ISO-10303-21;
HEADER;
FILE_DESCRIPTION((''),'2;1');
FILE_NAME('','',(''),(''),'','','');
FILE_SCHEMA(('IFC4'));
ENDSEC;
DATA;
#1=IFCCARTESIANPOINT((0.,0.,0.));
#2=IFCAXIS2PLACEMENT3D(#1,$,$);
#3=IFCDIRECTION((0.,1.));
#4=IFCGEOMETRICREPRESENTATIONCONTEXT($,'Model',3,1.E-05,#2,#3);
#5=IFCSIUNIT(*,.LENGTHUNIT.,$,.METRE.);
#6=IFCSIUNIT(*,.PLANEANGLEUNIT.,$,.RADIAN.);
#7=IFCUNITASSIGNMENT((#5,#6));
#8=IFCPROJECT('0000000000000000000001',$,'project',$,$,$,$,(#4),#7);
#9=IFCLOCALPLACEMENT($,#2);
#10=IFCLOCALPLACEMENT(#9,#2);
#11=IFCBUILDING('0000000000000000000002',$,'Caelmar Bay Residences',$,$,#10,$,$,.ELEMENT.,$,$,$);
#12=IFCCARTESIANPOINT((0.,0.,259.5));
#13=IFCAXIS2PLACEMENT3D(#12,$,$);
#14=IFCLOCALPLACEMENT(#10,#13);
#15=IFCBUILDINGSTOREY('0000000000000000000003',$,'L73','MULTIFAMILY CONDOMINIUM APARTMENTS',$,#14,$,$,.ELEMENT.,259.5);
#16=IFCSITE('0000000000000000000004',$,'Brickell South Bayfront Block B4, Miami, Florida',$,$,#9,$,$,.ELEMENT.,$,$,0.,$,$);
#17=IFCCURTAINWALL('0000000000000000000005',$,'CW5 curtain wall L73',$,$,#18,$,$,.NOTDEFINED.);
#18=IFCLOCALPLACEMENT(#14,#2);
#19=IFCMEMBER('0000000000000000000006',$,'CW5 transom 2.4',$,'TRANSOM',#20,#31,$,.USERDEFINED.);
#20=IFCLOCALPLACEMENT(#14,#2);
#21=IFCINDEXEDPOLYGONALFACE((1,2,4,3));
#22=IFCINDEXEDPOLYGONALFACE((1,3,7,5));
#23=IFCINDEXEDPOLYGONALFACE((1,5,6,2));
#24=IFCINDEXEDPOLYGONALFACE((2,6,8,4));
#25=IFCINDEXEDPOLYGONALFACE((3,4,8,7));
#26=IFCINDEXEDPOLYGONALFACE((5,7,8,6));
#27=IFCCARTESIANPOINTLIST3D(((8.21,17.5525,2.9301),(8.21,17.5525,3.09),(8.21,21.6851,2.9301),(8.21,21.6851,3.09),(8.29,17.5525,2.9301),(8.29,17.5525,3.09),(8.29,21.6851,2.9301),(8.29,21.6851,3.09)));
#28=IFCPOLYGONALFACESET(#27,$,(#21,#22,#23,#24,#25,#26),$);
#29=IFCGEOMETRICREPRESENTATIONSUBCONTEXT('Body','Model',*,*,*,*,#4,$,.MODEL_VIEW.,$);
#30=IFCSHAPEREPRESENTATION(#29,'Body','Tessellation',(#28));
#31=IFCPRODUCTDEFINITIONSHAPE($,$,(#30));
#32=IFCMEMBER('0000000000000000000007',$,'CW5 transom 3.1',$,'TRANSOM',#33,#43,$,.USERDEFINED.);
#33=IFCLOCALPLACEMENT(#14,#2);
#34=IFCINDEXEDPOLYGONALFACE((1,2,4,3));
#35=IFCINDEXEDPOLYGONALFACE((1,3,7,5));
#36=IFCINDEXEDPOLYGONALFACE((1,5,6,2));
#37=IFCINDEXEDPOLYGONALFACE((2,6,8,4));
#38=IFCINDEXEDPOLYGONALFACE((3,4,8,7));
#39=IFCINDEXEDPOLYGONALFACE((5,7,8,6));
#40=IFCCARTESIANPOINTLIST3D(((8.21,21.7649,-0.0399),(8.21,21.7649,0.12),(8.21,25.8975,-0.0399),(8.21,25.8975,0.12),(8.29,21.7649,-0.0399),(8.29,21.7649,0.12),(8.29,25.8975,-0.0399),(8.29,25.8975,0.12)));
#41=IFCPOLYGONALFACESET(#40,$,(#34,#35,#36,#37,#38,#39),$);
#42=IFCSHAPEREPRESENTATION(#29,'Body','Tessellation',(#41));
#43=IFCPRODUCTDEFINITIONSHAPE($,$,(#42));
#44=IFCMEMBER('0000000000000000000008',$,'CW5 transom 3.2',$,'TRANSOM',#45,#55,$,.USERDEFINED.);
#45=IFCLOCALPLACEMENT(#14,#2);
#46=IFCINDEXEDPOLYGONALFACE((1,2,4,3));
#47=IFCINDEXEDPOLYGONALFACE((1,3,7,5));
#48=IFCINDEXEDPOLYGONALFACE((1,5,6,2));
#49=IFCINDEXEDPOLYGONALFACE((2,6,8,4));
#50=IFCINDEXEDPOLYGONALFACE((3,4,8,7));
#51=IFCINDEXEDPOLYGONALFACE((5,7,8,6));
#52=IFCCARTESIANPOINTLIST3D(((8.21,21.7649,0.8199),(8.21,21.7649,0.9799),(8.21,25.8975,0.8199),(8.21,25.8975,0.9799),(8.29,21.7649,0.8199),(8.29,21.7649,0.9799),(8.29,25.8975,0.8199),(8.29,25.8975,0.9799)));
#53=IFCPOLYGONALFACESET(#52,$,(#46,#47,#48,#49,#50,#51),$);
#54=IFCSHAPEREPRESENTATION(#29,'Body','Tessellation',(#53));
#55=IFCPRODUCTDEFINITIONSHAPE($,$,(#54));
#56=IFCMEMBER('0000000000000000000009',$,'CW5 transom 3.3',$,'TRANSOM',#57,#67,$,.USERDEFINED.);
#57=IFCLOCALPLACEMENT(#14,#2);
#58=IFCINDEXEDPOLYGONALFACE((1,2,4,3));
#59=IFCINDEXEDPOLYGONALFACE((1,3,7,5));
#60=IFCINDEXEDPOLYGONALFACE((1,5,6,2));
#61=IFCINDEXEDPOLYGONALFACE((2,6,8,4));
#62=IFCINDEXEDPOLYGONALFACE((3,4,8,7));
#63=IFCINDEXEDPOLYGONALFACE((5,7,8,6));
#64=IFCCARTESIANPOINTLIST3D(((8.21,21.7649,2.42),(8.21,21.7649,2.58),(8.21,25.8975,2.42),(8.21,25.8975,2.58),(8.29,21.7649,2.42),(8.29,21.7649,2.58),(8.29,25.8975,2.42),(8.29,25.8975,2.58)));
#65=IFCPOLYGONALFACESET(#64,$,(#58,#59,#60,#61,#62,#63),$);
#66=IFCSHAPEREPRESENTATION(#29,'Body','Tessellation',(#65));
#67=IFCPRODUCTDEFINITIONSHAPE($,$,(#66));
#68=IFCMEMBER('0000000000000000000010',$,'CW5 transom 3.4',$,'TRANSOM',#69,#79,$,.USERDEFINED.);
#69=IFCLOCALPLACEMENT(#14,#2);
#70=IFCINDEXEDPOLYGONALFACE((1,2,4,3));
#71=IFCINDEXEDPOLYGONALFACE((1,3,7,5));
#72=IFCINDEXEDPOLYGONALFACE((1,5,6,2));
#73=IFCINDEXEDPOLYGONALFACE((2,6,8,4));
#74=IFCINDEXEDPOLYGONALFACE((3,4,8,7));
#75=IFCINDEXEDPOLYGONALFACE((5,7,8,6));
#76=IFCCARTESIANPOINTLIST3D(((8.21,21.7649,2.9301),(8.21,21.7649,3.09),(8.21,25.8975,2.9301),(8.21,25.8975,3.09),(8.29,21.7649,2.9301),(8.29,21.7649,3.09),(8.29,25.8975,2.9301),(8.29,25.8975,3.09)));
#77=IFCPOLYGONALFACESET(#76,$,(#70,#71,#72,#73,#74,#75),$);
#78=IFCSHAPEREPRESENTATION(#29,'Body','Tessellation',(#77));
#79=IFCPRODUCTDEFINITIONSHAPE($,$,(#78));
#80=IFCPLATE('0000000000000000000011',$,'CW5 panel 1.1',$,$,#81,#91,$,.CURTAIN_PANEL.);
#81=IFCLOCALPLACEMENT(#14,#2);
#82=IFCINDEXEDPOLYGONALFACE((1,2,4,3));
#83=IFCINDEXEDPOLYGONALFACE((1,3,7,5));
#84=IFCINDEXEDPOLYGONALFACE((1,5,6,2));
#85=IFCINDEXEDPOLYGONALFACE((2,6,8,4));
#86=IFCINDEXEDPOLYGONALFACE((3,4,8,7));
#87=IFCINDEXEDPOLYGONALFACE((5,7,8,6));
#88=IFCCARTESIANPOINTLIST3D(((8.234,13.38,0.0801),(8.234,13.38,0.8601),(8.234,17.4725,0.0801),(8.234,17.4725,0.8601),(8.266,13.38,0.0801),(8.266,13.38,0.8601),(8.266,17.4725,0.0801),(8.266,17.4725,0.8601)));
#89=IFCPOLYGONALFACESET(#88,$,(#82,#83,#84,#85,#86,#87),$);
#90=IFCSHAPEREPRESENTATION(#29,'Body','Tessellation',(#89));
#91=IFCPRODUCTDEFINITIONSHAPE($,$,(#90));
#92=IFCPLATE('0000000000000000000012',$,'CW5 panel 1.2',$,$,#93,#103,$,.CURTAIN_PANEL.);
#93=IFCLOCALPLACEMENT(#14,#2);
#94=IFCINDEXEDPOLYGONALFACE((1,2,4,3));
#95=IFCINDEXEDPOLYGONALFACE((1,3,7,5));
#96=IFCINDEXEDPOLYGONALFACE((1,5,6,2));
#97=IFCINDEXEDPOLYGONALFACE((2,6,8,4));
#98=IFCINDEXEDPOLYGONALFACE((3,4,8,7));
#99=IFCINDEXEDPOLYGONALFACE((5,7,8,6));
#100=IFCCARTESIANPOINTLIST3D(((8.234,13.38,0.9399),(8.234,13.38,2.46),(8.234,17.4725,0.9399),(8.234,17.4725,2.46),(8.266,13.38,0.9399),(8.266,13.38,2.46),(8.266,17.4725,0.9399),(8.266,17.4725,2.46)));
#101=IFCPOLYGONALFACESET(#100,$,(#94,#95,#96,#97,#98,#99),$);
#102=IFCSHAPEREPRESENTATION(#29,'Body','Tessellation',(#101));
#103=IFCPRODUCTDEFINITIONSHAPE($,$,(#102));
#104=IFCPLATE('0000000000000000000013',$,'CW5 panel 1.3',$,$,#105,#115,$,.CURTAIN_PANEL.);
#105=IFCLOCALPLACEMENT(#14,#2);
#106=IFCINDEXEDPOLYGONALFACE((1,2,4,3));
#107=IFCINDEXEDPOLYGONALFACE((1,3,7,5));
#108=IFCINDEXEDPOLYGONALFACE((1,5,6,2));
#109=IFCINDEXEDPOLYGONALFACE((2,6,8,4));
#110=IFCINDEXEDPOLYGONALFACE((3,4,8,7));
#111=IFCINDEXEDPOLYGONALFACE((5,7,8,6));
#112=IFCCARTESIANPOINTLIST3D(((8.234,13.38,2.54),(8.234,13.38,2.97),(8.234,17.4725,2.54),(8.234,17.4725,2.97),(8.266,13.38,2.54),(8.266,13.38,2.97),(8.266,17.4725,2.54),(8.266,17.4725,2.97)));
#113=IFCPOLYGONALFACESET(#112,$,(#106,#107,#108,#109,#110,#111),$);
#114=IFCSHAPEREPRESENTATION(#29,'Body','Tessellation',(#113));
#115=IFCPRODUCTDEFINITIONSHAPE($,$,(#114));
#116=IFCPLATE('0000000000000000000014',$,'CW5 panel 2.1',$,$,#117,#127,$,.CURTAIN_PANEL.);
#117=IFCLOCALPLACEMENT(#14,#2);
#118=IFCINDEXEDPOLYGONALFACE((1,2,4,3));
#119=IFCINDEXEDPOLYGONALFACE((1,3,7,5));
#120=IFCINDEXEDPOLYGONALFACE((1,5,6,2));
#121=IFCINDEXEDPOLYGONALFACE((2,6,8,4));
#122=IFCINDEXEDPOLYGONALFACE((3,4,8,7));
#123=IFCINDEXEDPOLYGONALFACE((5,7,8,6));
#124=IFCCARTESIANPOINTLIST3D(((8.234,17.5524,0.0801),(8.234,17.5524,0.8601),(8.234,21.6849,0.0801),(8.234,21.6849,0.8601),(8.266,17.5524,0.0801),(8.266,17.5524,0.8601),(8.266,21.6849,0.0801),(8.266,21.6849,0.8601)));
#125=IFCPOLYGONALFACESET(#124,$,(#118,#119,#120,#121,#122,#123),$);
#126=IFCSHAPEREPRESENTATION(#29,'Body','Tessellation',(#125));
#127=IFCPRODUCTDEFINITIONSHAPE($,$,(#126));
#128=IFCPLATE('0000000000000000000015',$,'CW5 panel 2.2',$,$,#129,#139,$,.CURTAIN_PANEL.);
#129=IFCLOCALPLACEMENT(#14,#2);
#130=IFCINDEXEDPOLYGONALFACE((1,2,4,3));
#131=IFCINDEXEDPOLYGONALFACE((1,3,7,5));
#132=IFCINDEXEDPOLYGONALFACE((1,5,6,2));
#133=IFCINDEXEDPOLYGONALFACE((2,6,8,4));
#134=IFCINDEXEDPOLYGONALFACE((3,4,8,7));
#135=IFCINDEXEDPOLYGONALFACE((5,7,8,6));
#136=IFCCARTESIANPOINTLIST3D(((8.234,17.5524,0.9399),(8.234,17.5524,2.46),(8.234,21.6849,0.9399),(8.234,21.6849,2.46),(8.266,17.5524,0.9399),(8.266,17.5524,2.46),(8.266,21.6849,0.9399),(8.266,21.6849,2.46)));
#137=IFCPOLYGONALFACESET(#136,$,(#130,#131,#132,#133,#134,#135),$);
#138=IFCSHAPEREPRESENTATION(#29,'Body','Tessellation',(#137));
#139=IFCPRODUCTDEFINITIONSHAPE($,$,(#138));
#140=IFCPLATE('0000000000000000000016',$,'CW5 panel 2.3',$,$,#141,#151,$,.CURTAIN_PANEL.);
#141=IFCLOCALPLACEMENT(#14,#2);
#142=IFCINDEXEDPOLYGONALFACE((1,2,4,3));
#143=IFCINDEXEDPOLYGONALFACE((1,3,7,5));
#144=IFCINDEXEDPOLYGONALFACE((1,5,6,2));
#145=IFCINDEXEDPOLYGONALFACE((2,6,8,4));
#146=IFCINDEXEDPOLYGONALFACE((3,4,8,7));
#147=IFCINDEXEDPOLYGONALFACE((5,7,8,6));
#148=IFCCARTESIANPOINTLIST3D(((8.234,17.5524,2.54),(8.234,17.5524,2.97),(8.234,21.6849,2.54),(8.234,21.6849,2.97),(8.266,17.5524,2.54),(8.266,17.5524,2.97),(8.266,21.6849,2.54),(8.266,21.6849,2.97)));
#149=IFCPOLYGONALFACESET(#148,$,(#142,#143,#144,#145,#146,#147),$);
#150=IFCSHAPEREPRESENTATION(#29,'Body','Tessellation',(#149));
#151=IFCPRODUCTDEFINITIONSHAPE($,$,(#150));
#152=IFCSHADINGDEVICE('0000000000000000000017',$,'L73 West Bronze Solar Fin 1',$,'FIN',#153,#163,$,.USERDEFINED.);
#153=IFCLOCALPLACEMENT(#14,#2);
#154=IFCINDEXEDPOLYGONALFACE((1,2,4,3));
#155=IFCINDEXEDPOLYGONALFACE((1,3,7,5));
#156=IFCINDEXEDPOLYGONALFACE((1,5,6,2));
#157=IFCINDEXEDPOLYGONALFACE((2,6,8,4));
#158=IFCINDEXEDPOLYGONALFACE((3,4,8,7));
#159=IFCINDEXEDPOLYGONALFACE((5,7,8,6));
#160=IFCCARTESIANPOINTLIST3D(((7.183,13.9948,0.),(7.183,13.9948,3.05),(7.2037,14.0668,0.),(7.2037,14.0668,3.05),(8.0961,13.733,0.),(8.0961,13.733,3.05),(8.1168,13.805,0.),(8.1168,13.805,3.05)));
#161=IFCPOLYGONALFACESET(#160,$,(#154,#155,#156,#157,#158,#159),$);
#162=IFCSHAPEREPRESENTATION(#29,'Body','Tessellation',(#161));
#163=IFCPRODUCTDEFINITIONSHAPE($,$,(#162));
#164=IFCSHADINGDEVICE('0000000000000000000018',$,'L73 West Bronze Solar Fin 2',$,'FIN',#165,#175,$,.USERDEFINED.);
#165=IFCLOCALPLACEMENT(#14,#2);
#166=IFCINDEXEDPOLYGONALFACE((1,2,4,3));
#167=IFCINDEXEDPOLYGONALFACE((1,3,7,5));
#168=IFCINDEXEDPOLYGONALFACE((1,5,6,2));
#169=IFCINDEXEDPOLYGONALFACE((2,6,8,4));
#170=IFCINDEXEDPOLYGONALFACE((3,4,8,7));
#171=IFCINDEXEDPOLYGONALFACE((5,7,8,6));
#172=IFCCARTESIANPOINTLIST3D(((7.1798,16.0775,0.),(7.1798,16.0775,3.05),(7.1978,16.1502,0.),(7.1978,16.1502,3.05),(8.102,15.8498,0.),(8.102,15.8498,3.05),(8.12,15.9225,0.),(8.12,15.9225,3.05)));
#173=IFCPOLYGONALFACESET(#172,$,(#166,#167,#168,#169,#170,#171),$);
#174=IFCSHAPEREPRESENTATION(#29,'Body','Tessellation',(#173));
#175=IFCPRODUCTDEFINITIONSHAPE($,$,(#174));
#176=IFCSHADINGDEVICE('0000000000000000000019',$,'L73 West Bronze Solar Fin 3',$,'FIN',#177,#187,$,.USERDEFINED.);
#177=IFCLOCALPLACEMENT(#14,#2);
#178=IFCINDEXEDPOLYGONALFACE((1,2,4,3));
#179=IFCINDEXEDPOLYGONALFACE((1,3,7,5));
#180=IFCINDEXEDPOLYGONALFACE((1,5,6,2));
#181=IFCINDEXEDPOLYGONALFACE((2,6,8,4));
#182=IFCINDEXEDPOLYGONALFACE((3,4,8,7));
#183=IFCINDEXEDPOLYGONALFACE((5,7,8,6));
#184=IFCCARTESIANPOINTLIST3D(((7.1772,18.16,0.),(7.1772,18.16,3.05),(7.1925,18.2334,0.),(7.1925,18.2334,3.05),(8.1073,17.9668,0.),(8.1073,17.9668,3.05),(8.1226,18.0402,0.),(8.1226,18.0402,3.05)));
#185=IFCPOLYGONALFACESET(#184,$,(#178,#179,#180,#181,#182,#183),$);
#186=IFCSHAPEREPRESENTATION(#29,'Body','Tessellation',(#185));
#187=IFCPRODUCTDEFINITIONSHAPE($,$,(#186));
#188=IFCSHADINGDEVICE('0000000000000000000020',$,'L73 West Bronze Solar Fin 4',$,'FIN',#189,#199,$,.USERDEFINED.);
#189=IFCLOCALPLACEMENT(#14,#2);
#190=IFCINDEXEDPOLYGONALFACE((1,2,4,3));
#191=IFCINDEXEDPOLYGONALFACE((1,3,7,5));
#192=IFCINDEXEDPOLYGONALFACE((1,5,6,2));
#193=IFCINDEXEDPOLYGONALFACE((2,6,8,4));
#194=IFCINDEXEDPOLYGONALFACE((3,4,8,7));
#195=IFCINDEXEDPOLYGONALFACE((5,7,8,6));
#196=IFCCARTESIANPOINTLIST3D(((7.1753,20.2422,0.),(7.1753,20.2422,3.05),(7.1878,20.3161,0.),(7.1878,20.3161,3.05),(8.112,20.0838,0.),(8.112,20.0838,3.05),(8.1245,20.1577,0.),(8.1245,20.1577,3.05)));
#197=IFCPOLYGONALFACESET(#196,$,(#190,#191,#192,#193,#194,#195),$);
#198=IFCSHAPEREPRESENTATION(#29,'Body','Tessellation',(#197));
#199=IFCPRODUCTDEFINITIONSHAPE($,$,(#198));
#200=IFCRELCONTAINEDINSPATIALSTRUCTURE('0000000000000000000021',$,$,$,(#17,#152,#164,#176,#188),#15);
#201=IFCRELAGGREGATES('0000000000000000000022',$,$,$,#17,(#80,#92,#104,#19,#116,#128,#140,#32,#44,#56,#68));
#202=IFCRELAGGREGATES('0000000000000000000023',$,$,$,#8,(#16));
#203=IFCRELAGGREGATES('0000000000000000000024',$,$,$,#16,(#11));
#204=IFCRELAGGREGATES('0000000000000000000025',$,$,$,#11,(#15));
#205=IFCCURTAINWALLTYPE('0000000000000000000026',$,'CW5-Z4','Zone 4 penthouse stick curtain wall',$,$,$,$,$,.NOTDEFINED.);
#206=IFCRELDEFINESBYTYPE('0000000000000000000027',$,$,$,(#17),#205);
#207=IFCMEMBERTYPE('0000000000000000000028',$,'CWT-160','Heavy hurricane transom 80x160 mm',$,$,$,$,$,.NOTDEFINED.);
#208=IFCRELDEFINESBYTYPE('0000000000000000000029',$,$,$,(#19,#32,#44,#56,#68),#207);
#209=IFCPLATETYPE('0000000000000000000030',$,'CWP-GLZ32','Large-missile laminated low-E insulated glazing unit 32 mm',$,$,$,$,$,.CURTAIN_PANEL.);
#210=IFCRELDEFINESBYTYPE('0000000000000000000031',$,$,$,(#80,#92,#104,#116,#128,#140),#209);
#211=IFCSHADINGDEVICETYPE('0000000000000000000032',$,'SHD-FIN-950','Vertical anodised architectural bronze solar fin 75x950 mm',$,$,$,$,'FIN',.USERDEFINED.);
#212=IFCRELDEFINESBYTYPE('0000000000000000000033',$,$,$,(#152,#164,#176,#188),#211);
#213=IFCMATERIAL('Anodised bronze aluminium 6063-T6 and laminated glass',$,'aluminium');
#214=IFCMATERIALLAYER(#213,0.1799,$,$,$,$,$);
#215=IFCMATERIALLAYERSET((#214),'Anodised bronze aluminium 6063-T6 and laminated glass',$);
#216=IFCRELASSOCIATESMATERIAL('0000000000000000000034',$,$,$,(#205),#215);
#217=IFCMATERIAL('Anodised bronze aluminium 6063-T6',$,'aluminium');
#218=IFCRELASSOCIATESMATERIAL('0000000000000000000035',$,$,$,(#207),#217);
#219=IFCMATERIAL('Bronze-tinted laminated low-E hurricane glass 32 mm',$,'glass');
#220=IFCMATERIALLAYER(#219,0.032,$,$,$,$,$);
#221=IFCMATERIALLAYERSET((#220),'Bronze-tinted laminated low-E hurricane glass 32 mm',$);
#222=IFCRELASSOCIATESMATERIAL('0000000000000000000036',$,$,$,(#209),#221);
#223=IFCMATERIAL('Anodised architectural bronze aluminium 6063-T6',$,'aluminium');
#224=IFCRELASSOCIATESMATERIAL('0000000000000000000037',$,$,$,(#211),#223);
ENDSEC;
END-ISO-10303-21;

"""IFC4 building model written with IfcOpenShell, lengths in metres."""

from ifc_helpers import new_model, si_unit, direction, frame, origin, origin_2d, place, context, subcontext, project, spatial, rectangle, extrude, material, layer, layer_set, material_profile, profile_set, type_object, element, aggregate, save


model = new_model("IFC4")

# Units and contexts
model_context = context("Model", 3, precision=1e-05, world=origin(), true_north=direction((0.0, 1.0)))
body_context = subcontext(model_context, "Body", "Model", "MODEL_VIEW")
ifc_project = project(units=[si_unit("LENGTHUNIT", "METRE"), si_unit("PLANEANGLEUNIT", "RADIAN")], contexts=[model_context])

# Site, building, storey
site_placement = place(None, origin())
site = spatial("IfcSite", under=ifc_project, at=site_placement, Name="Brickell South Bayfront Block B4, Miami, Florida", CompositionType="ELEMENT", RefElevation=0.0)
building_placement = place(site_placement, origin())
building = spatial("IfcBuilding", under=site, at=building_placement, Name="Caelmar Bay Residences", CompositionType="ELEMENT")
storey_placement = place(building_placement, frame((0.0, 0.0, 259.5)))
storey = spatial("IfcBuildingStorey", under=building, at=storey_placement, Name="L73", Description="MULTIFAMILY CONDOMINIUM APARTMENTS", CompositionType="ELEMENT", Elevation=259.5)

# Curtain wall, members, plates
ifc_material_1 = material(Name="Anodised bronze aluminium 6063-T6 and laminated glass", Category="aluminium")
ifc_layer_1 = layer(ifc_material_1, 0.1799)
ifc_layer_set_1 = layer_set([ifc_layer_1], Name="Anodised bronze aluminium 6063-T6 and laminated glass")
curtain_wall_type = type_object("IfcCurtainWallType", Name="CW5-Z4", Description="Zone 4 penthouse stick curtain wall", PredefinedType="NOTDEFINED", material=ifc_layer_set_1)
curtain_wall_placement = place(storey_placement, origin())
curtain_wall = element("IfcCurtainWall", 1, at=curtain_wall_placement, inside=storey, type_object=curtain_wall_type, Name="CW5 curtain wall L73", PredefinedType="NOTDEFINED")
ifc_material_2 = material(Name="Anodised bronze aluminium 6063-T6", Category="aluminium")
ifc_material_profile_1 = material_profile(ifc_material_2, rectangle(XDim=0.0801, YDim=0.1599, at=origin_2d()), Name="CWT-80X160")
ifc_profile_set_1 = profile_set([ifc_material_profile_1], Name="Anodised bronze aluminium 6063-T6")
member_type_1 = type_object("IfcMemberType", Name="CWT-160", Description="Heavy hurricane transom 80x160 mm", PredefinedType="NOTDEFINED", material=ifc_profile_set_1)
member_1_placement = place(storey_placement, frame((8.25, 17.5525, 3.01), z_axis=(0.0, 1.0, 0.0), x_axis=(-1.0, 0.0, 0.0)))
member_1 = element("IfcMember", 2, at=member_1_placement, type_object=member_type_1, Name="CW5 transom 2.4", ObjectType="TRANSOM", PredefinedType="USERDEFINED", context=body_context, shape_type="SweptSolid", body=[
    extrude(rectangle(XDim=0.0801, YDim=0.1599, at=origin_2d()), origin(), (0.0, 0.0, 1.0), 4.1326),
])
member_2_placement = place(storey_placement, frame((8.25, 21.7649, 0.04), z_axis=(0.0, 1.0, 0.0), x_axis=(-1.0, 0.0, 0.0)))
member_2 = element("IfcMember", 3, at=member_2_placement, type_object=member_type_1, Name="CW5 transom 3.1", ObjectType="TRANSOM", PredefinedType="USERDEFINED", context=body_context, shape_type="SweptSolid", body=[
    extrude(rectangle(XDim=0.0801, YDim=0.1599, at=origin_2d()), origin(), (0.0, 0.0, 1.0), 4.1326),
])
member_3_placement = place(storey_placement, frame((8.25, 21.7649, 0.8999), z_axis=(0.0, 1.0, 0.0), x_axis=(-1.0, 0.0, 0.0)))
member_3 = element("IfcMember", 4, at=member_3_placement, type_object=member_type_1, Name="CW5 transom 3.2", ObjectType="TRANSOM", PredefinedType="USERDEFINED", context=body_context, shape_type="SweptSolid", body=[
    extrude(rectangle(XDim=0.0801, YDim=0.1599, at=origin_2d()), origin(), (0.0, 0.0, 1.0), 4.1326),
])
member_4_placement = place(storey_placement, frame((8.25, 21.7649, 2.5), z_axis=(0.0, 1.0, 0.0), x_axis=(-1.0, 0.0, 0.0)))
member_4 = element("IfcMember", 5, at=member_4_placement, type_object=member_type_1, Name="CW5 transom 3.3", ObjectType="TRANSOM", PredefinedType="USERDEFINED", context=body_context, shape_type="SweptSolid", body=[
    extrude(rectangle(XDim=0.0801, YDim=0.1599, at=origin_2d()), origin(), (0.0, 0.0, 1.0), 4.1326),
])
member_5_placement = place(storey_placement, frame((8.25, 21.7649, 3.01), z_axis=(0.0, 1.0, 0.0), x_axis=(-1.0, 0.0, 0.0)))
member_5 = element("IfcMember", 6, at=member_5_placement, type_object=member_type_1, Name="CW5 transom 3.4", ObjectType="TRANSOM", PredefinedType="USERDEFINED", context=body_context, shape_type="SweptSolid", body=[
    extrude(rectangle(XDim=0.0801, YDim=0.1599, at=origin_2d()), origin(), (0.0, 0.0, 1.0), 4.1326),
])
ifc_material_3 = material(Name="Bronze-tinted laminated low-E hurricane glass 32 mm", Category="glass")
ifc_layer_2 = layer(ifc_material_3, 0.032)
ifc_layer_set_2 = layer_set([ifc_layer_2], Name="Bronze-tinted laminated low-E hurricane glass 32 mm")
plate_type = type_object("IfcPlateType", Name="CWP-GLZ32", Description="Large-missile laminated low-E insulated glazing unit 32 mm", PredefinedType="CURTAIN_PANEL", material=ifc_layer_set_2)
plate_1_placement = place(storey_placement, frame((8.25, 15.4263, 0.0801), z_axis=(0.0, 0.0, 1.0), x_axis=(0.0, 1.0, 0.0)))
plate_1 = element("IfcPlate", 7, at=plate_1_placement, type_object=plate_type, Name="CW5 panel 1.1", PredefinedType="CURTAIN_PANEL", context=body_context, shape_type="SweptSolid", body=[
    extrude(rectangle(XDim=4.0925, YDim=0.032, at=origin_2d()), origin(), (0.0, 0.0, 1.0), 0.78),
])
plate_2_placement = place(storey_placement, frame((8.25, 15.4263, 0.9399), z_axis=(0.0, 0.0, 1.0), x_axis=(0.0, 1.0, 0.0)))
plate_2 = element("IfcPlate", 8, at=plate_2_placement, type_object=plate_type, Name="CW5 panel 1.2", PredefinedType="CURTAIN_PANEL", context=body_context, shape_type="SweptSolid", body=[
    extrude(rectangle(XDim=4.0925, YDim=0.032, at=origin_2d()), origin(), (0.0, 0.0, 1.0), 1.52),
])
plate_3_placement = place(storey_placement, frame((8.25, 15.4263, 2.54), z_axis=(0.0, 0.0, 1.0), x_axis=(0.0, 1.0, 0.0)))
plate_3 = element("IfcPlate", 9, at=plate_3_placement, type_object=plate_type, Name="CW5 panel 1.3", PredefinedType="CURTAIN_PANEL", context=body_context, shape_type="SweptSolid", body=[
    extrude(rectangle(XDim=4.0925, YDim=0.032, at=origin_2d()), origin(), (0.0, 0.0, 1.0), 0.4299),
])
plate_4_placement = place(storey_placement, frame((8.25, 19.6187, 0.0801), z_axis=(0.0, 0.0, 1.0), x_axis=(0.0, 1.0, 0.0)))
plate_4 = element("IfcPlate", 10, at=plate_4_placement, type_object=plate_type, Name="CW5 panel 2.1", PredefinedType="CURTAIN_PANEL", context=body_context, shape_type="SweptSolid", body=[
    extrude(rectangle(XDim=4.1326, YDim=0.032, at=origin_2d()), origin(), (0.0, 0.0, 1.0), 0.78),
])
plate_5_placement = place(storey_placement, frame((8.25, 19.6187, 0.9399), z_axis=(0.0, 0.0, 1.0), x_axis=(0.0, 1.0, 0.0)))
plate_5 = element("IfcPlate", 11, at=plate_5_placement, type_object=plate_type, Name="CW5 panel 2.2", PredefinedType="CURTAIN_PANEL", context=body_context, shape_type="SweptSolid", body=[
    extrude(rectangle(XDim=4.1326, YDim=0.032, at=origin_2d()), origin(), (0.0, 0.0, 1.0), 1.52),
])
plate_6_placement = place(storey_placement, frame((8.25, 19.6187, 2.54), z_axis=(0.0, 0.0, 1.0), x_axis=(0.0, 1.0, 0.0)))
plate_6 = element("IfcPlate", 12, at=plate_6_placement, type_object=plate_type, Name="CW5 panel 2.3", PredefinedType="CURTAIN_PANEL", context=body_context, shape_type="SweptSolid", body=[
    extrude(rectangle(XDim=4.1326, YDim=0.032, at=origin_2d()), origin(), (0.0, 0.0, 1.0), 0.4299),
])
aggregate(curtain_wall, [plate_1, plate_2, plate_3, member_1, plate_4, plate_5, plate_6, member_2, member_3, member_4, member_5])

# Shading devices
ifc_material_4 = material(Name="Anodised architectural bronze aluminium 6063-T6", Category="aluminium")
ifc_material_profile_2 = material_profile(ifc_material_4, rectangle(XDim=0.075, YDim=0.95, at=origin_2d()), Name="BRONZE-FIN-75X950")
ifc_profile_set_2 = profile_set([ifc_material_profile_2], Name="Anodised architectural bronze aluminium 6063-T6")
shading_device_type = type_object("IfcShadingDeviceType", Name="SHD-FIN-950", Description="Vertical anodised architectural bronze solar fin 75x950 mm", ElementType="FIN", PredefinedType="USERDEFINED", material=ifc_profile_set_2)
for number, where, z_axis, x_axis, name in (
    (13, (7.6499, 13.8999, 0.0), (0.0, 0.0, 1.0), (0.275637, 0.961262, 0.0), "L73 West Bronze Solar Fin 1"),
    (14, (7.6499, 16.0, 0.0), (0.0, 0.0, 1.0), (0.23972, 0.970842, 0.0), "L73 West Bronze Solar Fin 2"),
    (15, (7.6499, 18.1001, 0.0), (0.0, 0.0, 1.0), (0.2033, 0.979116, 0.0), "L73 West Bronze Solar Fin 3"),
    (16, (7.6499, 20.2, 0.0), (0.0, 0.0, 1.0), (0.166769, 0.985996, 0.0), "L73 West Bronze Solar Fin 4"),
):
    element("IfcShadingDevice", number, at=place(storey_placement, frame(where, z_axis=z_axis, x_axis=x_axis)), inside=storey, type_object=shading_device_type, Name=name, ObjectType="FIN", PredefinedType="USERDEFINED", context=body_context, shape_type="SweptSolid", body=[
        extrude(rectangle(XDim=0.075, YDim=0.95, at=origin_2d()), origin(), (0.0, 0.0, 1.0), 3.05),
    ])

save(model, "model.ifc")
